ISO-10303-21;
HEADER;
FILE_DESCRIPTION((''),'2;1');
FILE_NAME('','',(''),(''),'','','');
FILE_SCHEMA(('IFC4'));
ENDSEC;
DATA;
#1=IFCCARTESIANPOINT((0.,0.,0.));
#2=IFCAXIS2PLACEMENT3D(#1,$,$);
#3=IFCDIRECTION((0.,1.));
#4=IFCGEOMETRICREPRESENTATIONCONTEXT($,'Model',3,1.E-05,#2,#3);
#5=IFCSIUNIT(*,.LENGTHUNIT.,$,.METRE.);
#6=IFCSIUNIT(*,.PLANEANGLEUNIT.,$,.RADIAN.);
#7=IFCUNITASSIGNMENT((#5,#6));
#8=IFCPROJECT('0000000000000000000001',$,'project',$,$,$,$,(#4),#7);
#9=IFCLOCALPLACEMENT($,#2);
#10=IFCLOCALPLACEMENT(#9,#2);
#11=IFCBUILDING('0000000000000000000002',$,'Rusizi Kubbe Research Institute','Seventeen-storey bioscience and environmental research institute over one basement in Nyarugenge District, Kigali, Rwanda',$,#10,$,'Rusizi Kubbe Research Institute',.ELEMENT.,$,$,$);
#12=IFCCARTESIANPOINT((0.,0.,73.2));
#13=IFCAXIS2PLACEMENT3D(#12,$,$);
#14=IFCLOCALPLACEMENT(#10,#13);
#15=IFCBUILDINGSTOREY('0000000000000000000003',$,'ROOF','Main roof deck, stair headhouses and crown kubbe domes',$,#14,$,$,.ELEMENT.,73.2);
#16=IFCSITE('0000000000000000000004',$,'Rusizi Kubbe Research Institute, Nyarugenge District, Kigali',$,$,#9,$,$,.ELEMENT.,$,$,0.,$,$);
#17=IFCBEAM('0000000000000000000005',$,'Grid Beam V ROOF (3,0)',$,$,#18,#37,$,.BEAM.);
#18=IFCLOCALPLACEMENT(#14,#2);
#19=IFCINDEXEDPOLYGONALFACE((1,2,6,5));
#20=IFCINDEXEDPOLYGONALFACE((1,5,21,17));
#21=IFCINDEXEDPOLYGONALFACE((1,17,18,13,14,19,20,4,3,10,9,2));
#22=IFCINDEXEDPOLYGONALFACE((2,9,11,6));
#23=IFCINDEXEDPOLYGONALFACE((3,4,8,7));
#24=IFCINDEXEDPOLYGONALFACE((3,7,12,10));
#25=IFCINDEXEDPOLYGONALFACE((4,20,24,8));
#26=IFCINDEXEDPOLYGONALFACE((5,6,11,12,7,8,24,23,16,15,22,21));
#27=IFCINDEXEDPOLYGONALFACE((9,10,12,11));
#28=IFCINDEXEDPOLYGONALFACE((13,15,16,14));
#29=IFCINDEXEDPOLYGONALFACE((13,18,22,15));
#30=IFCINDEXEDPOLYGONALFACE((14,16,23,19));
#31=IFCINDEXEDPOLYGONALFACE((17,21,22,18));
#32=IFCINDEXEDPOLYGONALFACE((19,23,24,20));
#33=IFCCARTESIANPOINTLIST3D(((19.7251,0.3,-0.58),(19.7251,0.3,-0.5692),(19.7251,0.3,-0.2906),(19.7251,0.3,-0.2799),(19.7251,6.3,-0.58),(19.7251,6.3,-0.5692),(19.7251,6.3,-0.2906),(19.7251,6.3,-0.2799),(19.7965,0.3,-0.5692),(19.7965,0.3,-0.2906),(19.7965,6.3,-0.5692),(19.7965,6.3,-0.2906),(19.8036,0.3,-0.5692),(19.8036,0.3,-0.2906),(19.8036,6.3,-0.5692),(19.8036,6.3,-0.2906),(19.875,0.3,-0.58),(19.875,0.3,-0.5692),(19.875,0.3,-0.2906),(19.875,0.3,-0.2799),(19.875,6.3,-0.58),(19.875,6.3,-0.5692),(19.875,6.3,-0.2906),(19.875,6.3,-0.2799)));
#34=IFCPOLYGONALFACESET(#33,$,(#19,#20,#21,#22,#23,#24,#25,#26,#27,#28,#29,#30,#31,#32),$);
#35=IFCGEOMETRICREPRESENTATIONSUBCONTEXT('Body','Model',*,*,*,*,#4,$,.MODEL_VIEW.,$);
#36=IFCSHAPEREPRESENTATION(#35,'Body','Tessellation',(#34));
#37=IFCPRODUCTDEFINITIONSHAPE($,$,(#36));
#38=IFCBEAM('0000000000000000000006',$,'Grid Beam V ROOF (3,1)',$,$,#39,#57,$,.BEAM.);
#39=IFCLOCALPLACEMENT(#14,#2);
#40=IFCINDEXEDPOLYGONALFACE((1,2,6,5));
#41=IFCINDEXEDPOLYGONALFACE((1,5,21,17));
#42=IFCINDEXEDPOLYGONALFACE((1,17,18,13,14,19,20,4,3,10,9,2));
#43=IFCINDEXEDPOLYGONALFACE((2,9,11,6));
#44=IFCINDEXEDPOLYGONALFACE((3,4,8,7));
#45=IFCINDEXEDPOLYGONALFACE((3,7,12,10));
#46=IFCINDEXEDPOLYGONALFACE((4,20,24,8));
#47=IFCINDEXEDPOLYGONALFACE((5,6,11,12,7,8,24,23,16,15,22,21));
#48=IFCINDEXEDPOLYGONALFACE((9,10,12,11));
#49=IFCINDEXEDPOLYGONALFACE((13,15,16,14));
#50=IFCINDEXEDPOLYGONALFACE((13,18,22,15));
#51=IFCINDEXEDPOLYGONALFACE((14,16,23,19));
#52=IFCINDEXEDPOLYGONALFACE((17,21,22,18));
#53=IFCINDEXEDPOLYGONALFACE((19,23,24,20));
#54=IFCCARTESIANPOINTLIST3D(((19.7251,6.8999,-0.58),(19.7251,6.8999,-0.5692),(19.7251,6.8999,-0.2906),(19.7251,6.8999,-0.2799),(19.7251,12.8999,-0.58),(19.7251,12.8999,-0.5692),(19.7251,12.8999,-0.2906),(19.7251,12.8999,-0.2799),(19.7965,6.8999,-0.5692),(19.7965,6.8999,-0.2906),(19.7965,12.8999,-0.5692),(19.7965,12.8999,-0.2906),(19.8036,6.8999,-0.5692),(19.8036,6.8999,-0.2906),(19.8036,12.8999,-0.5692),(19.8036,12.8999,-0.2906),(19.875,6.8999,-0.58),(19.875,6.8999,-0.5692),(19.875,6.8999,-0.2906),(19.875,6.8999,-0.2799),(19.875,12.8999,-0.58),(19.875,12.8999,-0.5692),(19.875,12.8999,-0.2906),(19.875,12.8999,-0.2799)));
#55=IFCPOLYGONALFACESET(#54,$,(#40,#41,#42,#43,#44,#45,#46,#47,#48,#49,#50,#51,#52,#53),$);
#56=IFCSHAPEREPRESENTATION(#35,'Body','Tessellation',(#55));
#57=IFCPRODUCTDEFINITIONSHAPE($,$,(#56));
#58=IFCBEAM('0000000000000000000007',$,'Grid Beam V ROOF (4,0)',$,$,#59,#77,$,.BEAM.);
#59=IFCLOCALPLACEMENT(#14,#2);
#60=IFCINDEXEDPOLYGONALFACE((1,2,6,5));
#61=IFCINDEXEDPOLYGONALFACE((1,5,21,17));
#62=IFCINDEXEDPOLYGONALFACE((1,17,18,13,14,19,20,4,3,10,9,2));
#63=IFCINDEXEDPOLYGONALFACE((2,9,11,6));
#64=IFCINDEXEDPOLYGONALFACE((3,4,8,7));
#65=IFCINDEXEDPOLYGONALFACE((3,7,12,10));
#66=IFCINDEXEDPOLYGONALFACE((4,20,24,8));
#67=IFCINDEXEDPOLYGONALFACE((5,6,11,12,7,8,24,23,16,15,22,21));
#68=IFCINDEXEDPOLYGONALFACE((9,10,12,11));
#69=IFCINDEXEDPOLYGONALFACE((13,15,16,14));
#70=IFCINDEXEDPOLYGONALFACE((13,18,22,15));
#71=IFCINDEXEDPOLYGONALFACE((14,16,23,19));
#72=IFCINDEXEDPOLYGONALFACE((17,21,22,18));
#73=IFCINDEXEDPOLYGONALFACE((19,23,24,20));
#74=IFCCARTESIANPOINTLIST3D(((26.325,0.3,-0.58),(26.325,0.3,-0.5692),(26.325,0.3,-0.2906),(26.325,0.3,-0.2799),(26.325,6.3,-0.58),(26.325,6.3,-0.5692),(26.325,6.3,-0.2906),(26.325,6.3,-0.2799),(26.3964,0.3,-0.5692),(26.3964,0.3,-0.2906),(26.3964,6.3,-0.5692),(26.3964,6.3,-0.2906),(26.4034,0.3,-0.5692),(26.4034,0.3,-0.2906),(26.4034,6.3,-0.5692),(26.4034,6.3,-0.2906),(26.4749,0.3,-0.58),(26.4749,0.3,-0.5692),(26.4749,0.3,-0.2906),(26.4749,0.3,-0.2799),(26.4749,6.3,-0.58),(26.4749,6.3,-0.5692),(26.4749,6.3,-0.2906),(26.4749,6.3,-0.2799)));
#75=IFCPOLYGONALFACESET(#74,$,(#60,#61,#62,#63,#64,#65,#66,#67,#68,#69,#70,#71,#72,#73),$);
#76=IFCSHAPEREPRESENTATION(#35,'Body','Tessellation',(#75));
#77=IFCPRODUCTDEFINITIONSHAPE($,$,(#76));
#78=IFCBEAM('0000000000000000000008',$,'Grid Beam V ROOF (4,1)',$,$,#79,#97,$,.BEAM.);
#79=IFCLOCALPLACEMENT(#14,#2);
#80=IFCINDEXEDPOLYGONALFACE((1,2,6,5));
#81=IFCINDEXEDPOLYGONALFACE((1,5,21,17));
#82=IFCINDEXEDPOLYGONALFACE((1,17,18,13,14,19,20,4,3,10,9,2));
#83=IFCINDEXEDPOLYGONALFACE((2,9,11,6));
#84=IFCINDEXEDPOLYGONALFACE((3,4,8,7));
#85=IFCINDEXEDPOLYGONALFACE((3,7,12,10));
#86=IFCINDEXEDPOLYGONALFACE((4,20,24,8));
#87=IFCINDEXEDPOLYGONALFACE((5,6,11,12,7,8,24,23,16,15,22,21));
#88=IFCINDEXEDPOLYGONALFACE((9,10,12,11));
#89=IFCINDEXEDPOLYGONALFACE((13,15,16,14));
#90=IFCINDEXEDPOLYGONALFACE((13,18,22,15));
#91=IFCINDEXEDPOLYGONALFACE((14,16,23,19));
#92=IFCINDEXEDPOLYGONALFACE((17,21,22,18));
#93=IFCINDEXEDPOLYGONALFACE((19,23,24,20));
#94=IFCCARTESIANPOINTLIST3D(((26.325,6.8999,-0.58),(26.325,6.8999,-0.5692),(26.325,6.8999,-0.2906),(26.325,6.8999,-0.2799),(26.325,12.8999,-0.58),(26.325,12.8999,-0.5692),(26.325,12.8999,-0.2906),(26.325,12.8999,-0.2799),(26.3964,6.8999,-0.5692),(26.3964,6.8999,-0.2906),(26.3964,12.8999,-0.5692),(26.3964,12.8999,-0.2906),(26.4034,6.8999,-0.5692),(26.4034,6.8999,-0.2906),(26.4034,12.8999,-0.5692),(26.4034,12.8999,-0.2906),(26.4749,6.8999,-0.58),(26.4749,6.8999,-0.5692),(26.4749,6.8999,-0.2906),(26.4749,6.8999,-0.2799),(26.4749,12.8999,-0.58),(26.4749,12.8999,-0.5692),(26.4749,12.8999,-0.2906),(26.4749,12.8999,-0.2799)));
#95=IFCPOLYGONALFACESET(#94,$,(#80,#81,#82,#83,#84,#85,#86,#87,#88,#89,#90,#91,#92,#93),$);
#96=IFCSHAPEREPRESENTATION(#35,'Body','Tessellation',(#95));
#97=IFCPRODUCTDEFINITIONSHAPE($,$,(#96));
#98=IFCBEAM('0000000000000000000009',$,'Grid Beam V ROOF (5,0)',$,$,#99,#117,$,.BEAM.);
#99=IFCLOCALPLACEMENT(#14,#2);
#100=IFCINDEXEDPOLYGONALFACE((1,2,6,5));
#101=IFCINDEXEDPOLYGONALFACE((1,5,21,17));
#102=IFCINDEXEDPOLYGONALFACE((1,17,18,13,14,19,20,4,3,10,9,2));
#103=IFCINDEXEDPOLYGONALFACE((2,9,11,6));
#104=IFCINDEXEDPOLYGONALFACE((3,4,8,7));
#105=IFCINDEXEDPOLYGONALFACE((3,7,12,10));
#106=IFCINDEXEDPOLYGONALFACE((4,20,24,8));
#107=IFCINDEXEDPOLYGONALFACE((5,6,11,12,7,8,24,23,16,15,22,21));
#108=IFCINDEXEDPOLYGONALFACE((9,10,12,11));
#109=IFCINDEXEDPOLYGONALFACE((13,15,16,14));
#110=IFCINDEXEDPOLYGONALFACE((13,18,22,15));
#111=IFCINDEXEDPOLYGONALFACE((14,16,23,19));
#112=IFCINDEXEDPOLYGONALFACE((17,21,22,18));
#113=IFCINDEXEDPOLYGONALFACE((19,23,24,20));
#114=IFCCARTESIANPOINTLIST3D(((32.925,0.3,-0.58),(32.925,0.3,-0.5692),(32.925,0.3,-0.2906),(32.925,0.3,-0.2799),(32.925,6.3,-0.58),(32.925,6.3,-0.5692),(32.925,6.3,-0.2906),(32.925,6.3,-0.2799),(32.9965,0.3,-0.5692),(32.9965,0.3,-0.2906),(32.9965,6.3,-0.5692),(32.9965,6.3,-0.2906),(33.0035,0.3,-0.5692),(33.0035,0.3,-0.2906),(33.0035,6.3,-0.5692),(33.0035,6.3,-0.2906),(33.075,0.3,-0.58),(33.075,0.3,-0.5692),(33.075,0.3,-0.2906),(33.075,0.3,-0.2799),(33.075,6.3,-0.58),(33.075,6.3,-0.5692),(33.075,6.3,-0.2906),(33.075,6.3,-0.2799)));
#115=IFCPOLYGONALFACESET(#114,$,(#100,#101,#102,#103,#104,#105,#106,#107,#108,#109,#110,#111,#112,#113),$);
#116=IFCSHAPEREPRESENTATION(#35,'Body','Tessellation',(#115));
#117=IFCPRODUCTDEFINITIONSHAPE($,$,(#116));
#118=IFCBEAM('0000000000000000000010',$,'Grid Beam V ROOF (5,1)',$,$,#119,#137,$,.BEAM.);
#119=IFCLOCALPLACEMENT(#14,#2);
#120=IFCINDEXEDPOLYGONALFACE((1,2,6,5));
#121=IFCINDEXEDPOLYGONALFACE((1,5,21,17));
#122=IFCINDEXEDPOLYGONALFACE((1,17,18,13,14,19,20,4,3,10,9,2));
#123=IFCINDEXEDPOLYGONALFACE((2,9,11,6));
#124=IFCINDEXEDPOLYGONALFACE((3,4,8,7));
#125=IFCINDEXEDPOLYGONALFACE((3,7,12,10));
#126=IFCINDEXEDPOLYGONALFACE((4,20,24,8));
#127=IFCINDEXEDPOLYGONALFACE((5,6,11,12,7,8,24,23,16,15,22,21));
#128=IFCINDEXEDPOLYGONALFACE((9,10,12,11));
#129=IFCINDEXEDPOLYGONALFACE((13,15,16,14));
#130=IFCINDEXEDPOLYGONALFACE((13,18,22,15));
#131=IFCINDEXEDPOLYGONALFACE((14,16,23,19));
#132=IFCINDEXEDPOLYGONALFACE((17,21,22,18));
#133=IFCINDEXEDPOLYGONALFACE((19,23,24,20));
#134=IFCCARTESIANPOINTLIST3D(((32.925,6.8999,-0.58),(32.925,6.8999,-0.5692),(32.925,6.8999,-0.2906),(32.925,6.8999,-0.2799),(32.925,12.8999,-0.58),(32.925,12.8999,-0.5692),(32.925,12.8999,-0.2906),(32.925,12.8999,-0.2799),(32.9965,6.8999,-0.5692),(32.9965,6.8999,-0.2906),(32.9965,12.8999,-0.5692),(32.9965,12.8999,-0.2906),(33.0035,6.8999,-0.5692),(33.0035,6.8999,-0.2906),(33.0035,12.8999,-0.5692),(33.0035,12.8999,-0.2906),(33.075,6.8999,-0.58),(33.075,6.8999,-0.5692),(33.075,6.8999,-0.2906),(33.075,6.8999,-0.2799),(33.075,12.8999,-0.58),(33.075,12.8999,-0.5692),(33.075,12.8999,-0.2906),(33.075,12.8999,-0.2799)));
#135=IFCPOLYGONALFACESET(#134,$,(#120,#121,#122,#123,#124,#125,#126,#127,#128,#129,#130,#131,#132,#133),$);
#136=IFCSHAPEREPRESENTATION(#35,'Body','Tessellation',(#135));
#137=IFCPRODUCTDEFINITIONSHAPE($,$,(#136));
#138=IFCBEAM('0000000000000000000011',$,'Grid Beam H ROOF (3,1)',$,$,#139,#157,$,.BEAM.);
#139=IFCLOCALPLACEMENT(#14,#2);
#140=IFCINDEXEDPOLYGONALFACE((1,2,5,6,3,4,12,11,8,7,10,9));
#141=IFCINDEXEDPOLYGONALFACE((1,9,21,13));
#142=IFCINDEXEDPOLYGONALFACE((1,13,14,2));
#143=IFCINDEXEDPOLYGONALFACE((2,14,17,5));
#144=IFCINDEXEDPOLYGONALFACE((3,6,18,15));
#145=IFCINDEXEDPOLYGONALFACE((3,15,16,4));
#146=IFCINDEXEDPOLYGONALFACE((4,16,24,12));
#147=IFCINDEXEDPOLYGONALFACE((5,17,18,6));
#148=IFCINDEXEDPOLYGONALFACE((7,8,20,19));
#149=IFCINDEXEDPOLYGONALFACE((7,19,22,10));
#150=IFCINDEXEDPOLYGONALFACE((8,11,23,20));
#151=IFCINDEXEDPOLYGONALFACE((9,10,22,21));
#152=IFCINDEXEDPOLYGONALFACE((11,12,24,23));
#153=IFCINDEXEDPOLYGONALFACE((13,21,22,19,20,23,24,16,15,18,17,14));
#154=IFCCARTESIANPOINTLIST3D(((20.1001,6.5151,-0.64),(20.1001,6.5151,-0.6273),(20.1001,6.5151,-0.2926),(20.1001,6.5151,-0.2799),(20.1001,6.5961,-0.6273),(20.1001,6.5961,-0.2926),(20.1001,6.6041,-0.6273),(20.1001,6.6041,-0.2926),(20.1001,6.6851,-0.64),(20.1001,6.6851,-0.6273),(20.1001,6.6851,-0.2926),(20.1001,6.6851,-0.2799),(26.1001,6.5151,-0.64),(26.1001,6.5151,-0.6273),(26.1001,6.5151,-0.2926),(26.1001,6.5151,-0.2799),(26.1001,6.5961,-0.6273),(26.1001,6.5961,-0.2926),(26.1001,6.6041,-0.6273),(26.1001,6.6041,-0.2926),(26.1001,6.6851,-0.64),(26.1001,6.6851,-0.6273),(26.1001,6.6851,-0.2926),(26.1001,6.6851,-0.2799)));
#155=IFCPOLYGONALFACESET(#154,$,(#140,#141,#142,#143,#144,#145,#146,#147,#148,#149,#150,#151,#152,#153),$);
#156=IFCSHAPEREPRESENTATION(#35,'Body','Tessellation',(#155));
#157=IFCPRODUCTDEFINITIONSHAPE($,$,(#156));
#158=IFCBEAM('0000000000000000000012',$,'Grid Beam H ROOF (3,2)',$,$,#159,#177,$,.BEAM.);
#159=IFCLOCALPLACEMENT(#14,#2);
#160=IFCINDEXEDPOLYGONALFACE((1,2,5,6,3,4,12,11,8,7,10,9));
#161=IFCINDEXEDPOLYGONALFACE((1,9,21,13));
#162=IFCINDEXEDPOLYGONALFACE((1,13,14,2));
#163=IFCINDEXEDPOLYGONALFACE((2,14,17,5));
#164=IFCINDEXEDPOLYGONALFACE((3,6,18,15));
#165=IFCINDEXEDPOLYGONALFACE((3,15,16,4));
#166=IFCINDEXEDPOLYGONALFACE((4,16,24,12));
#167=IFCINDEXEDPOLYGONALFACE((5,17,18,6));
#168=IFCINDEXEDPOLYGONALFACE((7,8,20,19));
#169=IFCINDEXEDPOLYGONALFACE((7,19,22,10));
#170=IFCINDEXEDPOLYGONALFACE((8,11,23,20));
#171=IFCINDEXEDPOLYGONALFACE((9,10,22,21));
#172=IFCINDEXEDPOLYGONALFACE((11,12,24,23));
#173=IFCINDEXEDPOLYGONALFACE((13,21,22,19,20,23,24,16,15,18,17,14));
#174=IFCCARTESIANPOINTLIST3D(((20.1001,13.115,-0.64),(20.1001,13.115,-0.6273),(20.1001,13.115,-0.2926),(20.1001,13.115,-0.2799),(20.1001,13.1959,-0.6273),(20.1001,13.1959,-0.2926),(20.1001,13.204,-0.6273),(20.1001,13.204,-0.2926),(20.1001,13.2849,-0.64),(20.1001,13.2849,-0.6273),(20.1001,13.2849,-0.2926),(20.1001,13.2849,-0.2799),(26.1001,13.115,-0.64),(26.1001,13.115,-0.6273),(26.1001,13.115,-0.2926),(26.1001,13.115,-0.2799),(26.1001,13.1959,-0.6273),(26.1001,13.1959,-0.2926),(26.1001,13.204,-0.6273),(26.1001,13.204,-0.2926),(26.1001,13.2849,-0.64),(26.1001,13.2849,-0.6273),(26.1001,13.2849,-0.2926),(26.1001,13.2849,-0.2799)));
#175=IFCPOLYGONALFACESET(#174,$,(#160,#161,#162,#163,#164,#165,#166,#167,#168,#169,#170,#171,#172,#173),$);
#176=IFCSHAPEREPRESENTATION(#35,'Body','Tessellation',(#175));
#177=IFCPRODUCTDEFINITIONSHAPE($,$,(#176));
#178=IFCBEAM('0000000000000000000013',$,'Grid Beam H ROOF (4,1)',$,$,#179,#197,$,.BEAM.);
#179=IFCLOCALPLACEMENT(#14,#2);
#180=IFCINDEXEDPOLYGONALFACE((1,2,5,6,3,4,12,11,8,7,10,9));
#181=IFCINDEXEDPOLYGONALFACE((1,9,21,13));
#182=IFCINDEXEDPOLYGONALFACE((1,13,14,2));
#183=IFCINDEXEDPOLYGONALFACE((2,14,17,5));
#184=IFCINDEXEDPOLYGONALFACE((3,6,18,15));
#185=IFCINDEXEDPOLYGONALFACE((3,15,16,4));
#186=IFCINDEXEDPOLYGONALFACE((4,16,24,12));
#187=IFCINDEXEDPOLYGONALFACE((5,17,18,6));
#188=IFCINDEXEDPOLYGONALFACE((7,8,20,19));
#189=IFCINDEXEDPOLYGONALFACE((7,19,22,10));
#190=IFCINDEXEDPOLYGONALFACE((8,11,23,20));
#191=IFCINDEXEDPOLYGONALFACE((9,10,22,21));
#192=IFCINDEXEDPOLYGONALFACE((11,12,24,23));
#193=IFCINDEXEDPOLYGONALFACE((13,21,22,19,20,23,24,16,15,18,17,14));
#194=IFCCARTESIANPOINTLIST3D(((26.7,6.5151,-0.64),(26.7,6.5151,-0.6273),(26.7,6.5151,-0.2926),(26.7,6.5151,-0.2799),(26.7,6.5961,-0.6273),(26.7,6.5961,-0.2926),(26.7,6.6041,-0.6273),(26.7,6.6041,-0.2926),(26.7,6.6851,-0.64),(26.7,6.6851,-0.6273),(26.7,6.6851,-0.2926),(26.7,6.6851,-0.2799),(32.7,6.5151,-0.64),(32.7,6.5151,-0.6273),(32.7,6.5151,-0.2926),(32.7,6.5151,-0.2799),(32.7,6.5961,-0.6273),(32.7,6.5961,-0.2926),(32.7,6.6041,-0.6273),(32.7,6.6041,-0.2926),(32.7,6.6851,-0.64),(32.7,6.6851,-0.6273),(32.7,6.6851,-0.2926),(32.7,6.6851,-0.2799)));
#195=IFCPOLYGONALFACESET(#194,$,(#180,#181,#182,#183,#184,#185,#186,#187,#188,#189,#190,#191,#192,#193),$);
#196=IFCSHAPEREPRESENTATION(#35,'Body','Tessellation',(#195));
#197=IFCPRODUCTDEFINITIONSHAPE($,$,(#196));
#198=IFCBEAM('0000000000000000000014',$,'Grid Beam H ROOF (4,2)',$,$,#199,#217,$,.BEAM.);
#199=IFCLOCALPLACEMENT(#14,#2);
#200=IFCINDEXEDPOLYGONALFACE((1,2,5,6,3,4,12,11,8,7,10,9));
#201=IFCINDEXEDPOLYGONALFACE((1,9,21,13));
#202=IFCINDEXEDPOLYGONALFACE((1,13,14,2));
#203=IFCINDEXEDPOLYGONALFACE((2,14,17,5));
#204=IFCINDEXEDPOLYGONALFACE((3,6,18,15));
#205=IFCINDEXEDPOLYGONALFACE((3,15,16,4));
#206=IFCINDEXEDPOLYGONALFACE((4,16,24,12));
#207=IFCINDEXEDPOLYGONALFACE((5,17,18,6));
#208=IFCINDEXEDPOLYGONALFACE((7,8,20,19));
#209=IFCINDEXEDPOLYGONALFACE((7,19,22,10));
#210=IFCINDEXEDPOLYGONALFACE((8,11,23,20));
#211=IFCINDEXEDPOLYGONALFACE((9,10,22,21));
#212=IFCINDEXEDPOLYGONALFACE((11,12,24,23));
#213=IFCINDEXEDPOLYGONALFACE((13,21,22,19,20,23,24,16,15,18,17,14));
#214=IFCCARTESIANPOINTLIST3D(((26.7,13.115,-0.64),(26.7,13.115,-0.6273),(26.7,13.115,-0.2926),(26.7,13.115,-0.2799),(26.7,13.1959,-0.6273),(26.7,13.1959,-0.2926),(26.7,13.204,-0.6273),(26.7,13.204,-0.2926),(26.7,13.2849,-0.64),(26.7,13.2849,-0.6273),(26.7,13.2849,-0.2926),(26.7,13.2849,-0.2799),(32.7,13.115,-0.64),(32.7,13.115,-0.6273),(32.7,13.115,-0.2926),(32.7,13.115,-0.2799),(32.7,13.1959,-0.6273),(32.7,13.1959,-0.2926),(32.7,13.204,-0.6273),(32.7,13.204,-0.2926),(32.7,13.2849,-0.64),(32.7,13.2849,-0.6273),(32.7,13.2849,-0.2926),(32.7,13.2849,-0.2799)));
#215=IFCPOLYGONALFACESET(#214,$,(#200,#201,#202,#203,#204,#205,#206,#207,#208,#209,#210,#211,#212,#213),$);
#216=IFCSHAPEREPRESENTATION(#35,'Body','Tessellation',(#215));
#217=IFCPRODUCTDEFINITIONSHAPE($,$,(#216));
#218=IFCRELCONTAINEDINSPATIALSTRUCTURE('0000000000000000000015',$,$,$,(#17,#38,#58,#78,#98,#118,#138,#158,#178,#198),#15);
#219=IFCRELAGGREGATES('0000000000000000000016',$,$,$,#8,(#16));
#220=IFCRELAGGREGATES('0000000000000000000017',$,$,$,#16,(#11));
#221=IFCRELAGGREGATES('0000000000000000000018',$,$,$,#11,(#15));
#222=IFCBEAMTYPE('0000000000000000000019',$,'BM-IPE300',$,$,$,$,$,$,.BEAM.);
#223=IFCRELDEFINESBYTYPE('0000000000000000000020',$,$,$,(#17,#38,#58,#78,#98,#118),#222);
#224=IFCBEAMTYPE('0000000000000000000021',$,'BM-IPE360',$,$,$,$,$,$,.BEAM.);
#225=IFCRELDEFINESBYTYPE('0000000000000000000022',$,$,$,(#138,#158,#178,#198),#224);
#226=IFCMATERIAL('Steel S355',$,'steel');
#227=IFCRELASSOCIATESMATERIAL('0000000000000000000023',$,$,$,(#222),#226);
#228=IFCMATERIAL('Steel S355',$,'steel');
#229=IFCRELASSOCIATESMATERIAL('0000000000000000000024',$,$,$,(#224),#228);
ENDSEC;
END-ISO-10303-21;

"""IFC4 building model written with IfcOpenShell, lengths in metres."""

from ifc_helpers import new_model, si_unit, direction, frame, origin, origin_2d, place, context, subcontext, project, spatial, i_section, extrude, material, material_profile, profile_set, type_object, element, save


model = new_model("IFC4")

# Units and contexts
model_context = context("Model", 3, precision=1e-05, world=origin(), true_north=direction((0.0, 1.0)))
body_context = subcontext(model_context, "Body", "Model", "MODEL_VIEW")
ifc_project = project(units=[si_unit("LENGTHUNIT", "METRE"), si_unit("PLANEANGLEUNIT", "RADIAN")], contexts=[model_context])

# Site, building, storey
site_placement = place(None, origin())
site = spatial("IfcSite", under=ifc_project, at=site_placement, Name="Rusizi Kubbe Research Institute, Nyarugenge District, Kigali", CompositionType="ELEMENT", RefElevation=0.0)
building_placement = place(site_placement, origin())
building = spatial("IfcBuilding", under=site, at=building_placement, Name="Rusizi Kubbe Research Institute", Description="Seventeen-storey bioscience and environmental research institute over one basement in Nyarugenge District, Kigali, Rwanda", LongName="Rusizi Kubbe Research Institute", CompositionType="ELEMENT")
storey_placement = place(building_placement, frame((0.0, 0.0, 73.2)))
storey = spatial("IfcBuildingStorey", under=building, at=storey_placement, Name="ROOF", Description="Main roof deck, stair headhouses and crown kubbe domes", CompositionType="ELEMENT", Elevation=73.2)

# Beams
ifc_material_1 = material(Name="Steel S355", Category="steel")
ifc_material_profile_1 = material_profile(ifc_material_1, i_section(OverallWidth=0.1499, OverallDepth=0.3, WebThickness=0.0071, FlangeThickness=0.0107, at=origin_2d()), Name="IPE 300")
ifc_profile_set_1 = profile_set([ifc_material_profile_1], Name="Steel S355")
beam_type_1 = type_object("IfcBeamType", Name="BM-IPE300", PredefinedType="BEAM", material=ifc_profile_set_1)
for number, where, z_axis, x_axis, name in (
    (1, (19.8, 0.3, -0.4299), (0.0, 1.0, 0.0), (-1.0, 0.0, 0.0), "Grid Beam V ROOF (3,0)"),
    (2, (19.8, 6.8999, -0.4299), (0.0, 1.0, 0.0), (-1.0, 0.0, 0.0), "Grid Beam V ROOF (3,1)"),
    (3, (26.3999, 0.3, -0.4299), (0.0, 1.0, 0.0), (-1.0, 0.0, 0.0), "Grid Beam V ROOF (4,0)"),
    (4, (26.3999, 6.8999, -0.4299), (0.0, 1.0, 0.0), (-1.0, 0.0, 0.0), "Grid Beam V ROOF (4,1)"),
    (5, (33.0, 0.3, -0.4299), (0.0, 1.0, 0.0), (-1.0, 0.0, 0.0), "Grid Beam V ROOF (5,0)"),
    (6, (33.0, 6.8999, -0.4299), (0.0, 1.0, 0.0), (-1.0, 0.0, 0.0), "Grid Beam V ROOF (5,1)"),
):
    element("IfcBeam", number, at=place(storey_placement, frame(where, z_axis=z_axis, x_axis=x_axis)), inside=storey, type_object=beam_type_1, Name=name, PredefinedType="BEAM", context=body_context, shape_type="SweptSolid", body=[
        extrude(i_section(OverallWidth=0.1499, OverallDepth=0.3, WebThickness=0.0071, FlangeThickness=0.0107, at=origin_2d()), origin(), (0.0, 0.0, 1.0), 6.0),
    ])
ifc_material_2 = material(Name="Steel S355", Category="steel")
ifc_material_profile_2 = material_profile(ifc_material_2, i_section(OverallWidth=0.1699, OverallDepth=0.3601, WebThickness=0.0081, FlangeThickness=0.0127, at=origin_2d()), Name="IPE 360")
ifc_profile_set_2 = profile_set([ifc_material_profile_2], Name="Steel S355")
beam_type_2 = type_object("IfcBeamType", Name="BM-IPE360", PredefinedType="BEAM", material=ifc_profile_set_2)
for number, where, z_axis, x_axis, name in (
    (7, (20.1001, 6.6001, -0.46), (1.0, 0.0, 0.0), (0.0, 1.0, 0.0), "Grid Beam H ROOF (3,1)"),
    (8, (20.1001, 13.2, -0.46), (1.0, 0.0, 0.0), (0.0, 1.0, 0.0), "Grid Beam H ROOF (3,2)"),
    (9, (26.7, 6.6001, -0.46), (1.0, 0.0, 0.0), (0.0, 1.0, 0.0), "Grid Beam H ROOF (4,1)"),
    (10, (26.7, 13.2, -0.46), (1.0, 0.0, 0.0), (0.0, 1.0, 0.0), "Grid Beam H ROOF (4,2)"),
):
    element("IfcBeam", number, at=place(storey_placement, frame(where, z_axis=z_axis, x_axis=x_axis)), inside=storey, type_object=beam_type_2, Name=name, PredefinedType="BEAM", context=body_context, shape_type="SweptSolid", body=[
        extrude(i_section(OverallWidth=0.1699, OverallDepth=0.3601, WebThickness=0.0081, FlangeThickness=0.0127, at=origin_2d()), origin(), (0.0, 0.0, 1.0), 6.0),
    ])

save(model, "model.ifc")
